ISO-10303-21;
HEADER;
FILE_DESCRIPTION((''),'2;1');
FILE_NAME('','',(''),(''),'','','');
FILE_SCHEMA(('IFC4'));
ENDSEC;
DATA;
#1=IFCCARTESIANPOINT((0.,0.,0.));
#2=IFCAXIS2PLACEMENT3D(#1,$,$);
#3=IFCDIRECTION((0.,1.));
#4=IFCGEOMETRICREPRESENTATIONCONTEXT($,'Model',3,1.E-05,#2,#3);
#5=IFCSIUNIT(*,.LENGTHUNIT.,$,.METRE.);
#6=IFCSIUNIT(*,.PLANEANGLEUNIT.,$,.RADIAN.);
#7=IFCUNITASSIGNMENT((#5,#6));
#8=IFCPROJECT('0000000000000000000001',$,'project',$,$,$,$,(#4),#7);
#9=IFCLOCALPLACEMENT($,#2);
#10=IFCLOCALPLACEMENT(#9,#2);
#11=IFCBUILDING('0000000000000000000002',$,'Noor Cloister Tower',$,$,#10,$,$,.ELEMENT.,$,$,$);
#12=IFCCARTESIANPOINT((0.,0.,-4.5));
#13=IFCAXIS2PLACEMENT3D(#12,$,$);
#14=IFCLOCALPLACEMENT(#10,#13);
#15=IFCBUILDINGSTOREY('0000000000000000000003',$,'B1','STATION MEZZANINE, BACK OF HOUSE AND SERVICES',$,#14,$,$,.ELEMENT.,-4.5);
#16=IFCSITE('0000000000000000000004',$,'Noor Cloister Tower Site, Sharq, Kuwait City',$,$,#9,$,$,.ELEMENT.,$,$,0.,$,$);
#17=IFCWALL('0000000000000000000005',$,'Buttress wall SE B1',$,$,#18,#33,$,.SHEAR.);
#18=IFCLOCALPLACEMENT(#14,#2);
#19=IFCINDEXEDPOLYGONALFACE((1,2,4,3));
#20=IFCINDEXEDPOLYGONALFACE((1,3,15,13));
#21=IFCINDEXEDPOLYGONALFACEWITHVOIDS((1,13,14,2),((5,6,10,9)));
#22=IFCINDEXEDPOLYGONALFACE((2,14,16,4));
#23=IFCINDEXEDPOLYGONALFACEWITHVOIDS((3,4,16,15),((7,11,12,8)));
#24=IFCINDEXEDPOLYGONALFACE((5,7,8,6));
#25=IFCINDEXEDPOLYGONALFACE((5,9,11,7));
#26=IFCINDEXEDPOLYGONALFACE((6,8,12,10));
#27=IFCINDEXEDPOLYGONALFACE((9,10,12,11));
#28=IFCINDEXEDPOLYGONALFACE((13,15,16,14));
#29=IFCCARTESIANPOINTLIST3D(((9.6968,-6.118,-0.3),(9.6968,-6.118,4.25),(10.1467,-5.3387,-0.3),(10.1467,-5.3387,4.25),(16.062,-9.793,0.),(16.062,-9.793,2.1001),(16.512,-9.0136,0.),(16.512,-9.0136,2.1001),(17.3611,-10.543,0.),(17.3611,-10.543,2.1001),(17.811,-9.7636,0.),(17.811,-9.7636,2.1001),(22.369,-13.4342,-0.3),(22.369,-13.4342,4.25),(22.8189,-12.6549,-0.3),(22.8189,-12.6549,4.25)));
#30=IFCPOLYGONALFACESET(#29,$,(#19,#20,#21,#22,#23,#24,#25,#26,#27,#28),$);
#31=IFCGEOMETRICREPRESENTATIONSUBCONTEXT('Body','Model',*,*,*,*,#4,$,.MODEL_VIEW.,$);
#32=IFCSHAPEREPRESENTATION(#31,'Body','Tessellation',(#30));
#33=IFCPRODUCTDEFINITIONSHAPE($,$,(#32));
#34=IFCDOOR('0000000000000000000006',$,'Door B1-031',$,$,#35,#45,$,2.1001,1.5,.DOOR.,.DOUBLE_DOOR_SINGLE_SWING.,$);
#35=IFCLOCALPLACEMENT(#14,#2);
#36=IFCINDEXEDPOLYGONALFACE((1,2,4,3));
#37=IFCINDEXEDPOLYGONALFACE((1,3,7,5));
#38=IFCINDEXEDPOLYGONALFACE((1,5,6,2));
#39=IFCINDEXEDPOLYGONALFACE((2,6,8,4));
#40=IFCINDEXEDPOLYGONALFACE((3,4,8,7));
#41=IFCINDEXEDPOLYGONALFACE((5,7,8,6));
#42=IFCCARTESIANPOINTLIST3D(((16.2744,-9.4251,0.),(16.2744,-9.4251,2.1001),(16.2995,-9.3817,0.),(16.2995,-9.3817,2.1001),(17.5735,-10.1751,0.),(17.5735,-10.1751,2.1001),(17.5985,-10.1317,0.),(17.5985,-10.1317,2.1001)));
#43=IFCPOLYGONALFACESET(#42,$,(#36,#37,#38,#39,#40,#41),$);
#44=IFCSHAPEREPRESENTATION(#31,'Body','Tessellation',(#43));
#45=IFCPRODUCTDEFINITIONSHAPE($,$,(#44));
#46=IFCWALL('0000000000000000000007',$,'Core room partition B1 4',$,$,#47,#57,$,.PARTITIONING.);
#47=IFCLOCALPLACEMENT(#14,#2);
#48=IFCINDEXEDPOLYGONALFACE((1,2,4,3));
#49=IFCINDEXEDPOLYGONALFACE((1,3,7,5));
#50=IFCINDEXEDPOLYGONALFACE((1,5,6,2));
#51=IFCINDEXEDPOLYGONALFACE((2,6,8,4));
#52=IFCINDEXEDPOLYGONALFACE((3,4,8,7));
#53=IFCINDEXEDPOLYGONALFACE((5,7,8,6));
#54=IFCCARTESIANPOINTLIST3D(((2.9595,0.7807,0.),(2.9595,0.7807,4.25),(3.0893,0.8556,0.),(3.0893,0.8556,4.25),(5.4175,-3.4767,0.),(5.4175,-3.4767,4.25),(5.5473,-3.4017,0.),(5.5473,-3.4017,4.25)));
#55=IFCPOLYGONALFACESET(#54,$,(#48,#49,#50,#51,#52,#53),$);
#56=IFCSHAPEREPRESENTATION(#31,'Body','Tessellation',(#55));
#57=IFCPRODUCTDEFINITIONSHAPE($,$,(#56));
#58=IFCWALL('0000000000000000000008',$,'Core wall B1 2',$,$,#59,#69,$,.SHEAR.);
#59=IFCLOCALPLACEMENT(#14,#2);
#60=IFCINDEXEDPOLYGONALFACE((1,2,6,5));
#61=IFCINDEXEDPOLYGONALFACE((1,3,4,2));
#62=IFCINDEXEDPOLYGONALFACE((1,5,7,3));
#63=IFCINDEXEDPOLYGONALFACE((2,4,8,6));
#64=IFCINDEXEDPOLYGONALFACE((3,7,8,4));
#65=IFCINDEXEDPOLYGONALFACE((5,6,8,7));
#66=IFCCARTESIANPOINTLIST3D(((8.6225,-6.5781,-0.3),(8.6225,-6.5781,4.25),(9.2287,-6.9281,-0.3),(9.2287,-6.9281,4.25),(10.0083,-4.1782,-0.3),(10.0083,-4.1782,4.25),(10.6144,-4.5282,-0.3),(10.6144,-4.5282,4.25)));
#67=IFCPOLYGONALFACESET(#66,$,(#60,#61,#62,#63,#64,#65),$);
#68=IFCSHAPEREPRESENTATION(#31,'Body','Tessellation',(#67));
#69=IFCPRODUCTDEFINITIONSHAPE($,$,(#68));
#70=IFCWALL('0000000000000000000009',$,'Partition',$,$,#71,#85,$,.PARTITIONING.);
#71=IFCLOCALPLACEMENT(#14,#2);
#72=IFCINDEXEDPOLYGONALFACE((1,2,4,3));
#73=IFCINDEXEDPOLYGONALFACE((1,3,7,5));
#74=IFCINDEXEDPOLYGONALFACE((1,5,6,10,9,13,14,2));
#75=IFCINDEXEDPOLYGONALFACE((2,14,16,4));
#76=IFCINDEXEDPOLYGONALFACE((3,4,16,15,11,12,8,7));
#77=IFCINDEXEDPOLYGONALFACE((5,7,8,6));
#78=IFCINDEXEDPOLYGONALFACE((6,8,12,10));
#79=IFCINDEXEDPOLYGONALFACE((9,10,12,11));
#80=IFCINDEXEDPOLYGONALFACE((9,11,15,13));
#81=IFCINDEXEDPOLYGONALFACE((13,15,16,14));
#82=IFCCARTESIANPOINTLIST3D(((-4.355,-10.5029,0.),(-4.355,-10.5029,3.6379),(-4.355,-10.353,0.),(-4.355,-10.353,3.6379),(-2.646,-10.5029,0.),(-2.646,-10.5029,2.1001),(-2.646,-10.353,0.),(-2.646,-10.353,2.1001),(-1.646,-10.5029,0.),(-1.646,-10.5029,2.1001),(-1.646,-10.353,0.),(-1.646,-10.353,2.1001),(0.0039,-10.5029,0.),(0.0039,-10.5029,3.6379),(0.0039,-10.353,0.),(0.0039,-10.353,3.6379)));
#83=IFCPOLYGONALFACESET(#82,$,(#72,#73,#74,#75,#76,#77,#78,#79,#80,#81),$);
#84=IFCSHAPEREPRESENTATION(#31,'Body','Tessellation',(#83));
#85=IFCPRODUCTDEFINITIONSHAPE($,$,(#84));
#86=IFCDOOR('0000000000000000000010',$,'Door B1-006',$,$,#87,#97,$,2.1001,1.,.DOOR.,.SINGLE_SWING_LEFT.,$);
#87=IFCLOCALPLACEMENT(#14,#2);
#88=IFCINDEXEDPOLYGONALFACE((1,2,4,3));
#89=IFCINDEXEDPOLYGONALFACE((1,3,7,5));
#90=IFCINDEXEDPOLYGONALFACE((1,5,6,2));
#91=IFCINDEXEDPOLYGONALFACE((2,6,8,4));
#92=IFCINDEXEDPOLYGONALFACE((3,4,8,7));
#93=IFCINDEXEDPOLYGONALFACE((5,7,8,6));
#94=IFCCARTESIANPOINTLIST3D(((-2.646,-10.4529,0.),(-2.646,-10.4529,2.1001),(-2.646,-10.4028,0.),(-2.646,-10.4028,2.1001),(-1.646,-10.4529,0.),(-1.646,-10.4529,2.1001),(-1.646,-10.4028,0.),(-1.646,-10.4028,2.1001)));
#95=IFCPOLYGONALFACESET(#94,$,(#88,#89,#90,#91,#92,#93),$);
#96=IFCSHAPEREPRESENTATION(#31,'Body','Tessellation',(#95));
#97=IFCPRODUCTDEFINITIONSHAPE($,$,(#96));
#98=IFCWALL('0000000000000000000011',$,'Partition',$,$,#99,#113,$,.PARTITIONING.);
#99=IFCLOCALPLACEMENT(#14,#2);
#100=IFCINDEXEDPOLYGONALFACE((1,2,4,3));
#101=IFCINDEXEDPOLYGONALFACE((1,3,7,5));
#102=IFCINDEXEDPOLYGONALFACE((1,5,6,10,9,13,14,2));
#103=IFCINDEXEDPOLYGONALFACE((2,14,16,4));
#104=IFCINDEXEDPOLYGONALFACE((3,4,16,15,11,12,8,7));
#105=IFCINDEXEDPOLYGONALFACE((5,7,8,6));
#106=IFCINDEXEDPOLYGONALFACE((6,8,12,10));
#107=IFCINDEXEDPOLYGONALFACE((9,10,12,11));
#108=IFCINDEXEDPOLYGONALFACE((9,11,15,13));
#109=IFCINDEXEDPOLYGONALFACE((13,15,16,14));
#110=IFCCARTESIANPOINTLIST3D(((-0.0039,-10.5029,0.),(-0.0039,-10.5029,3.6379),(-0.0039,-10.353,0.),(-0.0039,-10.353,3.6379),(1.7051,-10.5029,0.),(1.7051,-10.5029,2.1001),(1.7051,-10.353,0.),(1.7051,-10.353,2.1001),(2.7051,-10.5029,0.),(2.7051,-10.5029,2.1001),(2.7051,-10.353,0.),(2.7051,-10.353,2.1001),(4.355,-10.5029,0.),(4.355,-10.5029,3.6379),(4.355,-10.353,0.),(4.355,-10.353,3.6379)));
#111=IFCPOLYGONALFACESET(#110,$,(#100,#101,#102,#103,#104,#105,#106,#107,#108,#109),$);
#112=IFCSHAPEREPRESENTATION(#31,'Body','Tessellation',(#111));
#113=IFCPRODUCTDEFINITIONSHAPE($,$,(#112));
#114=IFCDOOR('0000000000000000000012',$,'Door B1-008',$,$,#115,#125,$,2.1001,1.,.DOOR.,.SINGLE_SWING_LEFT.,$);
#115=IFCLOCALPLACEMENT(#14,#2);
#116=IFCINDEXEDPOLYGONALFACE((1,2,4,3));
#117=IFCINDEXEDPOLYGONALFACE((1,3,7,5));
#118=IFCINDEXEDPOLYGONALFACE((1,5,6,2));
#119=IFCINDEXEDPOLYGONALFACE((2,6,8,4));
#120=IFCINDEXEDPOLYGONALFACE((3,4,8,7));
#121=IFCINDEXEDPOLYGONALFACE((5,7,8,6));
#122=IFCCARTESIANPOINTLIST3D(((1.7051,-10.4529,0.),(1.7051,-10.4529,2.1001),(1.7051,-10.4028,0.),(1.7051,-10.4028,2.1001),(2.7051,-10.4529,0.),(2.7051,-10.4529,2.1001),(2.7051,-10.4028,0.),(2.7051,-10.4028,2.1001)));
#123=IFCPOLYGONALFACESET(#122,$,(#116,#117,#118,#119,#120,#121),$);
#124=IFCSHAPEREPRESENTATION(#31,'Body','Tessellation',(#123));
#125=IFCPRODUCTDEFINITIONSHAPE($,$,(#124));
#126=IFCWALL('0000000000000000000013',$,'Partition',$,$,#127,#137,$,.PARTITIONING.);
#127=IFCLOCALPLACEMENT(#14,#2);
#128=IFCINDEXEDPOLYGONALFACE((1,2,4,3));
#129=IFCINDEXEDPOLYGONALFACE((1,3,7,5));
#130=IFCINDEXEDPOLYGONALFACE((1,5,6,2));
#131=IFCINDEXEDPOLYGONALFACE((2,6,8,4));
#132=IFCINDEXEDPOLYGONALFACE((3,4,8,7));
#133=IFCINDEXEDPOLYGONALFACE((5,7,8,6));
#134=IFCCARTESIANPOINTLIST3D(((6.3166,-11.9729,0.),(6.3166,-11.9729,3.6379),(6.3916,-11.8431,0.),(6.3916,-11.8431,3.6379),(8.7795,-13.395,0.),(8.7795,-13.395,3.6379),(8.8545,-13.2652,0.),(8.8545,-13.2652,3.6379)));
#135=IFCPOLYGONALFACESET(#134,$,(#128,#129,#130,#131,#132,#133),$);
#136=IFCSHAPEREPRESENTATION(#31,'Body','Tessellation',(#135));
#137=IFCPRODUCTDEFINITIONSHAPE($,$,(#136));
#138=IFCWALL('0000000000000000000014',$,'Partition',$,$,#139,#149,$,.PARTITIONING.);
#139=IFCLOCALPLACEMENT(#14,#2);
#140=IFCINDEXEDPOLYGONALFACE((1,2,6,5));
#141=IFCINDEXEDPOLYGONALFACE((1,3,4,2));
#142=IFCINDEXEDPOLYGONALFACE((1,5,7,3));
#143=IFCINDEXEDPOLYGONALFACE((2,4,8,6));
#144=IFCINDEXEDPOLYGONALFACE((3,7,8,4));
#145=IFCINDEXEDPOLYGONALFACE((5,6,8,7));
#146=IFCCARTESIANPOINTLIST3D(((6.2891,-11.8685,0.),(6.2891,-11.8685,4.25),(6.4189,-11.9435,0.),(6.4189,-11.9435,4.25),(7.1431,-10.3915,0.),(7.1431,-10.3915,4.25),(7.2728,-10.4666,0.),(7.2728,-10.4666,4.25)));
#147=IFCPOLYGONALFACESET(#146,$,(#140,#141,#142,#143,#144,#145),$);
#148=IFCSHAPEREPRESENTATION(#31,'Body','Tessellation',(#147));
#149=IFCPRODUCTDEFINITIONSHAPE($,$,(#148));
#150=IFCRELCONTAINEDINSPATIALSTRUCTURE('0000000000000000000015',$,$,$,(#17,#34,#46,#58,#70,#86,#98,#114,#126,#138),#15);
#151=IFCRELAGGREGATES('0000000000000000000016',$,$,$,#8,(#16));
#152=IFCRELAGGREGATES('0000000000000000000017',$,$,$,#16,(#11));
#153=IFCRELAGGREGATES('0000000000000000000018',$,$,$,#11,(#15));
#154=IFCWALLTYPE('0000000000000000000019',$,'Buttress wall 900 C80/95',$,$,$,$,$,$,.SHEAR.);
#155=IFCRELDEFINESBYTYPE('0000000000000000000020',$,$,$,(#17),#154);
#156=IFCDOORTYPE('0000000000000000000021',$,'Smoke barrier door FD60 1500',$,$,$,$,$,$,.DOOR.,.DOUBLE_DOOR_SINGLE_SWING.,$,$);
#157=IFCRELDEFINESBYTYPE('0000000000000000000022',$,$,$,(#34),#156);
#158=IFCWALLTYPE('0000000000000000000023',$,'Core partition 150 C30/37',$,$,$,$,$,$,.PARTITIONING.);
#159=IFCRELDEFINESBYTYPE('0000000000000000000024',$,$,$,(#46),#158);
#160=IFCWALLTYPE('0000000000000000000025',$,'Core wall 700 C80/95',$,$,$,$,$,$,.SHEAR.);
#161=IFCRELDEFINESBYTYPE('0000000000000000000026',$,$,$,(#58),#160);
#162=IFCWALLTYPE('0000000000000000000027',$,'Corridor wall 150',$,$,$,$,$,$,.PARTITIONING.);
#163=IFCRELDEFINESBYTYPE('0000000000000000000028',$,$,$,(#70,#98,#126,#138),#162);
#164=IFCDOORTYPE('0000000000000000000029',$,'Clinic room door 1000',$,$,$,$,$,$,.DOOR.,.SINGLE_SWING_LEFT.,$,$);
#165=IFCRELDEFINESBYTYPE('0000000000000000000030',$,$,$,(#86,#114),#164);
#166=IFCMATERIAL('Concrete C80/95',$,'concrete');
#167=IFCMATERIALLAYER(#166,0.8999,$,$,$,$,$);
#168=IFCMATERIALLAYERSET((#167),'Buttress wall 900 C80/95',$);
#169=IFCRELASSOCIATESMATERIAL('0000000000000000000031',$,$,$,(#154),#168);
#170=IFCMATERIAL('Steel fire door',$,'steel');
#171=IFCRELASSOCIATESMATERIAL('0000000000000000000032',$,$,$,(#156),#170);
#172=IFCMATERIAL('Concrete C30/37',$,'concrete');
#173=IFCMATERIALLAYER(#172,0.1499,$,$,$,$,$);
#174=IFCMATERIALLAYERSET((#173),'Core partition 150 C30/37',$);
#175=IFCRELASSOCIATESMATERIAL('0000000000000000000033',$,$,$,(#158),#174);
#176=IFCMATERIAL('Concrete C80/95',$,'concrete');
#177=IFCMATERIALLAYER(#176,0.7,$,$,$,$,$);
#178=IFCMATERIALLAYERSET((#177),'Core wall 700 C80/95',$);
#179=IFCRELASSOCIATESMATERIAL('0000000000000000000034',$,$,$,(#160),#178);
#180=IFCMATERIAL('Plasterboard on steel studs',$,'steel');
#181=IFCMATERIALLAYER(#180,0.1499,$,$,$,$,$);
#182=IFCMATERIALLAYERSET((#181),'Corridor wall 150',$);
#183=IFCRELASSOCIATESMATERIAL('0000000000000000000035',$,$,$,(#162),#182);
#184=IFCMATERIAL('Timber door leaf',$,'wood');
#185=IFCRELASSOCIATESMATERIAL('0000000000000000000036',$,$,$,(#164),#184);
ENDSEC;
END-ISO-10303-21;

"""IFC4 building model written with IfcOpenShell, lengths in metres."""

from ifc_helpers import new_model, si_unit, direction, frame, frame_2d, origin, place, context, subcontext, project, spatial, rectangle, extrude, material, layer, layer_set, type_object, element, fill, save


model = new_model("IFC4")

# Units and contexts
model_context = context("Model", 3, precision=1e-05, world=origin(), true_north=direction((0.0, 1.0)))
body_context = subcontext(model_context, "Body", "Model", "MODEL_VIEW")
ifc_project = project(units=[si_unit("LENGTHUNIT", "METRE"), si_unit("PLANEANGLEUNIT", "RADIAN")], contexts=[model_context])

# Site, building, storey
site_placement = place(None, origin())
site = spatial("IfcSite", under=ifc_project, at=site_placement, Name="Noor Cloister Tower Site, Sharq, Kuwait City", CompositionType="ELEMENT", RefElevation=0.0)
building_placement = place(site_placement, origin())
building = spatial("IfcBuilding", under=site, at=building_placement, Name="Noor Cloister Tower", CompositionType="ELEMENT")
storey_placement = place(building_placement, frame((0.0, 0.0, -4.5)))
storey = spatial("IfcBuildingStorey", under=building, at=storey_placement, Name="B1", Description="STATION MEZZANINE, BACK OF HOUSE AND SERVICES", CompositionType="ELEMENT", Elevation=-4.5)

# Wall, opening, door
ifc_material_1 = material(Name="Concrete C80/95", Category="concrete")
ifc_layer_1 = layer(ifc_material_1, 0.8999)
ifc_layer_set_1 = layer_set([ifc_layer_1], Name="Buttress wall 900 C80/95")
wall_type_1 = type_object("IfcWallType", Name="Buttress wall 900 C80/95", PredefinedType="SHEAR", material=ifc_layer_set_1)
wall_1_placement = place(storey_placement, frame((9.9216, -5.7283, -0.3), z_axis=(0.0, 0.0, 1.0), x_axis=(0.866028, -0.499995, 0.0)))
wall_1 = element("IfcWall", 1, at=wall_1_placement, inside=storey, type_object=wall_type_1, Name="Buttress wall SE B1", PredefinedType="SHEAR", context=body_context, shape_type="SweptSolid", body=[
    extrude(rectangle(XDim=14.6326, YDim=0.8999, at=frame_2d((7.3164, 0.0))), origin(), (0.0, 0.0, 1.0), 4.55),
])
opening_1_placement = place(wall_1_placement, frame((7.3501, 0.0, 0.3)))
opening_1 = element("IfcOpeningElement", 2, at=opening_1_placement, cuts=wall_1, PredefinedType="OPENING", context=body_context, shape_type="SweptSolid", body=[
    extrude(rectangle(XDim=1.5, YDim=2.1001, at=frame_2d((0.75, 1.05))), frame((0.0, 0.46, 0.0), z_axis=(0.0, -1.0, 0.0), x_axis=(1.0, 0.0, 0.0)), (0.0, 0.0, 1.0), 0.9199),
])
ifc_material_2 = material(Name="Steel fire door", Category="steel")
door_type_1 = type_object("IfcDoorType", Name="Smoke barrier door FD60 1500", OperationType="DOUBLE_DOOR_SINGLE_SWING", PredefinedType="DOOR", material=ifc_material_2)
door_1_placement = place(opening_1_placement, origin())
door_1 = element("IfcDoor", 3, at=door_1_placement, inside=storey, type_object=door_type_1, Name="Door B1-031", OperationType="DOUBLE_DOOR_SINGLE_SWING", OverallHeight=2.1001, OverallWidth=1.5, PredefinedType="DOOR", context=body_context, shape_type="SweptSolid", body=[
    extrude(rectangle(XDim=1.5, YDim=2.1001, at=frame_2d((0.75, 1.05))), frame((0.0, 0.0249, 0.0), z_axis=(0.0, -1.0, 0.0), x_axis=(1.0, 0.0, 0.0)), (0.0, 0.0, 1.0), 0.05),
])
fill(opening_1, door_1)

# Walls
ifc_material_3 = material(Name="Concrete C30/37", Category="concrete")
ifc_layer_2 = layer(ifc_material_3, 0.1499)
ifc_layer_set_2 = layer_set([ifc_layer_2], Name="Core partition 150 C30/37")
wall_type_2 = type_object("IfcWallType", Name="Core partition 150 C30/37", PredefinedType="PARTITIONING", material=ifc_layer_set_2)
wall_2_placement = place(storey_placement, frame((5.4824, -3.4392, 0.0), z_axis=(0.0, 0.0, 1.0), x_axis=(-0.500006, 0.866022, 0.0)))
element("IfcWall", 4, at=wall_2_placement, inside=storey, type_object=wall_type_2, Name="Core room partition B1 4", PredefinedType="PARTITIONING", context=body_context, shape_type="SweptSolid", body=[
    extrude(rectangle(XDim=4.916, YDim=0.1499, at=frame_2d((2.458, 0.0))), origin(), (0.0, 0.0, 1.0), 4.25),
])
ifc_material_4 = material(Name="Concrete C80/95", Category="concrete")
ifc_layer_3 = layer(ifc_material_4, 0.7)
ifc_layer_set_3 = layer_set([ifc_layer_3], Name="Core wall 700 C80/95")
wall_type_3 = type_object("IfcWallType", Name="Core wall 700 C80/95", PredefinedType="SHEAR", material=ifc_layer_set_3)
wall_3_placement = place(storey_placement, frame((8.9255, -6.7532, -0.3), z_axis=(0.0, 0.0, 1.0), x_axis=(0.500043, 0.866001, 0.0)))
element("IfcWall", 5, at=wall_3_placement, inside=storey, type_object=wall_type_3, Name="Core wall B1 2", PredefinedType="SHEAR", context=body_context, shape_type="SweptSolid", body=[
    extrude(rectangle(XDim=2.7712, YDim=0.7, at=frame_2d((1.3857, 0.0))), origin(), (0.0, 0.0, 1.0), 4.55),
])

# Walls, openings, doors
ifc_material_5 = material(Name="Plasterboard on steel studs", Category="steel")
ifc_layer_4 = layer(ifc_material_5, 0.1499)
ifc_layer_set_4 = layer_set([ifc_layer_4], Name="Corridor wall 150")
wall_type_4 = type_object("IfcWallType", Name="Corridor wall 150", PredefinedType="PARTITIONING", material=ifc_layer_set_4)
wall_4_placement = place(storey_placement, frame((0.0039, -10.428, 0.0), z_axis=(0.0, 0.0, 1.0), x_axis=(-1.0, 0.0, 0.0)))
wall_4 = element("IfcWall", 6, at=wall_4_placement, inside=storey, type_object=wall_type_4, Name="Partition", PredefinedType="PARTITIONING", context=body_context, shape_type="SweptSolid", body=[
    extrude(rectangle(XDim=4.3589, YDim=0.1499, at=frame_2d((2.1794, 0.0))), origin(), (0.0, 0.0, 1.0), 3.6379),
])
opening_2_placement = place(wall_4_placement, frame((1.6499, 0.0, 0.0)))
opening_2 = element("IfcOpeningElement", 7, at=opening_2_placement, cuts=wall_4, PredefinedType="OPENING", context=body_context, shape_type="SweptSolid", body=[
    extrude(rectangle(XDim=1.0, YDim=2.1001, at=frame_2d((0.5, 1.05))), frame((0.0, 0.085, 0.0), z_axis=(0.0, -1.0, 0.0), x_axis=(1.0, 0.0, 0.0)), (0.0, 0.0, 1.0), 0.1699),
])
ifc_material_6 = material(Name="Timber door leaf", Category="wood")
door_type_2 = type_object("IfcDoorType", Name="Clinic room door 1000", OperationType="SINGLE_SWING_LEFT", PredefinedType="DOOR", material=ifc_material_6)
door_2_placement = place(opening_2_placement, origin())
door_2 = element("IfcDoor", 8, at=door_2_placement, inside=storey, type_object=door_type_2, Name="Door B1-006", OperationType="SINGLE_SWING_LEFT", OverallHeight=2.1001, OverallWidth=1.0, PredefinedType="DOOR", context=body_context, shape_type="SweptSolid", body=[
    extrude(rectangle(XDim=1.0, YDim=2.1001, at=frame_2d((0.5, 1.05))), frame((0.0, 0.0249, 0.0), z_axis=(0.0, -1.0, 0.0), x_axis=(1.0, 0.0, 0.0)), (0.0, 0.0, 1.0), 0.05),
])
fill(opening_2, door_2)
wall_5_placement = place(storey_placement, frame((4.355, -10.428, 0.0), z_axis=(0.0, 0.0, 1.0), x_axis=(-1.0, 0.0, 0.0)))
wall_5 = element("IfcWall", 9, at=wall_5_placement, inside=storey, type_object=wall_type_4, Name="Partition", PredefinedType="PARTITIONING", context=body_context, shape_type="SweptSolid", body=[
    extrude(rectangle(XDim=4.3589, YDim=0.1499, at=frame_2d((2.1794, 0.0))), origin(), (0.0, 0.0, 1.0), 3.6379),
])
opening_3_placement = place(wall_5_placement, frame((1.6499, 0.0, 0.0)))
opening_3 = element("IfcOpeningElement", 10, at=opening_3_placement, cuts=wall_5, PredefinedType="OPENING", context=body_context, shape_type="SweptSolid", body=[
    extrude(rectangle(XDim=1.0, YDim=2.1001, at=frame_2d((0.5, 1.05))), frame((0.0, 0.085, 0.0), z_axis=(0.0, -1.0, 0.0), x_axis=(1.0, 0.0, 0.0)), (0.0, 0.0, 1.0), 0.1699),
])
door_3_placement = place(opening_3_placement, origin())
door_3 = element("IfcDoor", 11, at=door_3_placement, inside=storey, type_object=door_type_2, Name="Door B1-008", OperationType="SINGLE_SWING_LEFT", OverallHeight=2.1001, OverallWidth=1.0, PredefinedType="DOOR", context=body_context, shape_type="SweptSolid", body=[
    extrude(rectangle(XDim=1.0, YDim=2.1001, at=frame_2d((0.5, 1.05))), frame((0.0, 0.0249, 0.0), z_axis=(0.0, -1.0, 0.0), x_axis=(1.0, 0.0, 0.0)), (0.0, 0.0, 1.0), 0.05),
])
fill(opening_3, door_3)

# Walls
wall_6_placement = place(storey_placement, frame((8.8169, -13.3301, 0.0), z_axis=(0.0, 0.0, 1.0), x_axis=(-0.866, 0.500044, 0.0)))
element("IfcWall", 12, at=wall_6_placement, inside=storey, type_object=wall_type_4, Name="Partition", PredefinedType="PARTITIONING", context=body_context, shape_type="SweptSolid", body=[
    extrude(rectangle(XDim=2.844, YDim=0.1499, at=frame_2d((1.4219, 0.0))), origin(), (0.0, 0.0, 1.0), 3.6379),
])
wall_7_placement = place(storey_placement, frame((6.354, -11.906, 0.0), z_axis=(0.0, 0.0, 1.0), x_axis=(0.50054, 0.865714, 0.0)))
element("IfcWall", 13, at=wall_7_placement, inside=storey, type_object=wall_type_4, Name="Partition", PredefinedType="PARTITIONING", context=body_context, shape_type="SweptSolid", body=[
    extrude(rectangle(XDim=1.7061, YDim=0.1499, at=frame_2d((0.853, 0.0))), origin(), (0.0, 0.0, 1.0), 4.25),
])

save(model, "model.ifc")
